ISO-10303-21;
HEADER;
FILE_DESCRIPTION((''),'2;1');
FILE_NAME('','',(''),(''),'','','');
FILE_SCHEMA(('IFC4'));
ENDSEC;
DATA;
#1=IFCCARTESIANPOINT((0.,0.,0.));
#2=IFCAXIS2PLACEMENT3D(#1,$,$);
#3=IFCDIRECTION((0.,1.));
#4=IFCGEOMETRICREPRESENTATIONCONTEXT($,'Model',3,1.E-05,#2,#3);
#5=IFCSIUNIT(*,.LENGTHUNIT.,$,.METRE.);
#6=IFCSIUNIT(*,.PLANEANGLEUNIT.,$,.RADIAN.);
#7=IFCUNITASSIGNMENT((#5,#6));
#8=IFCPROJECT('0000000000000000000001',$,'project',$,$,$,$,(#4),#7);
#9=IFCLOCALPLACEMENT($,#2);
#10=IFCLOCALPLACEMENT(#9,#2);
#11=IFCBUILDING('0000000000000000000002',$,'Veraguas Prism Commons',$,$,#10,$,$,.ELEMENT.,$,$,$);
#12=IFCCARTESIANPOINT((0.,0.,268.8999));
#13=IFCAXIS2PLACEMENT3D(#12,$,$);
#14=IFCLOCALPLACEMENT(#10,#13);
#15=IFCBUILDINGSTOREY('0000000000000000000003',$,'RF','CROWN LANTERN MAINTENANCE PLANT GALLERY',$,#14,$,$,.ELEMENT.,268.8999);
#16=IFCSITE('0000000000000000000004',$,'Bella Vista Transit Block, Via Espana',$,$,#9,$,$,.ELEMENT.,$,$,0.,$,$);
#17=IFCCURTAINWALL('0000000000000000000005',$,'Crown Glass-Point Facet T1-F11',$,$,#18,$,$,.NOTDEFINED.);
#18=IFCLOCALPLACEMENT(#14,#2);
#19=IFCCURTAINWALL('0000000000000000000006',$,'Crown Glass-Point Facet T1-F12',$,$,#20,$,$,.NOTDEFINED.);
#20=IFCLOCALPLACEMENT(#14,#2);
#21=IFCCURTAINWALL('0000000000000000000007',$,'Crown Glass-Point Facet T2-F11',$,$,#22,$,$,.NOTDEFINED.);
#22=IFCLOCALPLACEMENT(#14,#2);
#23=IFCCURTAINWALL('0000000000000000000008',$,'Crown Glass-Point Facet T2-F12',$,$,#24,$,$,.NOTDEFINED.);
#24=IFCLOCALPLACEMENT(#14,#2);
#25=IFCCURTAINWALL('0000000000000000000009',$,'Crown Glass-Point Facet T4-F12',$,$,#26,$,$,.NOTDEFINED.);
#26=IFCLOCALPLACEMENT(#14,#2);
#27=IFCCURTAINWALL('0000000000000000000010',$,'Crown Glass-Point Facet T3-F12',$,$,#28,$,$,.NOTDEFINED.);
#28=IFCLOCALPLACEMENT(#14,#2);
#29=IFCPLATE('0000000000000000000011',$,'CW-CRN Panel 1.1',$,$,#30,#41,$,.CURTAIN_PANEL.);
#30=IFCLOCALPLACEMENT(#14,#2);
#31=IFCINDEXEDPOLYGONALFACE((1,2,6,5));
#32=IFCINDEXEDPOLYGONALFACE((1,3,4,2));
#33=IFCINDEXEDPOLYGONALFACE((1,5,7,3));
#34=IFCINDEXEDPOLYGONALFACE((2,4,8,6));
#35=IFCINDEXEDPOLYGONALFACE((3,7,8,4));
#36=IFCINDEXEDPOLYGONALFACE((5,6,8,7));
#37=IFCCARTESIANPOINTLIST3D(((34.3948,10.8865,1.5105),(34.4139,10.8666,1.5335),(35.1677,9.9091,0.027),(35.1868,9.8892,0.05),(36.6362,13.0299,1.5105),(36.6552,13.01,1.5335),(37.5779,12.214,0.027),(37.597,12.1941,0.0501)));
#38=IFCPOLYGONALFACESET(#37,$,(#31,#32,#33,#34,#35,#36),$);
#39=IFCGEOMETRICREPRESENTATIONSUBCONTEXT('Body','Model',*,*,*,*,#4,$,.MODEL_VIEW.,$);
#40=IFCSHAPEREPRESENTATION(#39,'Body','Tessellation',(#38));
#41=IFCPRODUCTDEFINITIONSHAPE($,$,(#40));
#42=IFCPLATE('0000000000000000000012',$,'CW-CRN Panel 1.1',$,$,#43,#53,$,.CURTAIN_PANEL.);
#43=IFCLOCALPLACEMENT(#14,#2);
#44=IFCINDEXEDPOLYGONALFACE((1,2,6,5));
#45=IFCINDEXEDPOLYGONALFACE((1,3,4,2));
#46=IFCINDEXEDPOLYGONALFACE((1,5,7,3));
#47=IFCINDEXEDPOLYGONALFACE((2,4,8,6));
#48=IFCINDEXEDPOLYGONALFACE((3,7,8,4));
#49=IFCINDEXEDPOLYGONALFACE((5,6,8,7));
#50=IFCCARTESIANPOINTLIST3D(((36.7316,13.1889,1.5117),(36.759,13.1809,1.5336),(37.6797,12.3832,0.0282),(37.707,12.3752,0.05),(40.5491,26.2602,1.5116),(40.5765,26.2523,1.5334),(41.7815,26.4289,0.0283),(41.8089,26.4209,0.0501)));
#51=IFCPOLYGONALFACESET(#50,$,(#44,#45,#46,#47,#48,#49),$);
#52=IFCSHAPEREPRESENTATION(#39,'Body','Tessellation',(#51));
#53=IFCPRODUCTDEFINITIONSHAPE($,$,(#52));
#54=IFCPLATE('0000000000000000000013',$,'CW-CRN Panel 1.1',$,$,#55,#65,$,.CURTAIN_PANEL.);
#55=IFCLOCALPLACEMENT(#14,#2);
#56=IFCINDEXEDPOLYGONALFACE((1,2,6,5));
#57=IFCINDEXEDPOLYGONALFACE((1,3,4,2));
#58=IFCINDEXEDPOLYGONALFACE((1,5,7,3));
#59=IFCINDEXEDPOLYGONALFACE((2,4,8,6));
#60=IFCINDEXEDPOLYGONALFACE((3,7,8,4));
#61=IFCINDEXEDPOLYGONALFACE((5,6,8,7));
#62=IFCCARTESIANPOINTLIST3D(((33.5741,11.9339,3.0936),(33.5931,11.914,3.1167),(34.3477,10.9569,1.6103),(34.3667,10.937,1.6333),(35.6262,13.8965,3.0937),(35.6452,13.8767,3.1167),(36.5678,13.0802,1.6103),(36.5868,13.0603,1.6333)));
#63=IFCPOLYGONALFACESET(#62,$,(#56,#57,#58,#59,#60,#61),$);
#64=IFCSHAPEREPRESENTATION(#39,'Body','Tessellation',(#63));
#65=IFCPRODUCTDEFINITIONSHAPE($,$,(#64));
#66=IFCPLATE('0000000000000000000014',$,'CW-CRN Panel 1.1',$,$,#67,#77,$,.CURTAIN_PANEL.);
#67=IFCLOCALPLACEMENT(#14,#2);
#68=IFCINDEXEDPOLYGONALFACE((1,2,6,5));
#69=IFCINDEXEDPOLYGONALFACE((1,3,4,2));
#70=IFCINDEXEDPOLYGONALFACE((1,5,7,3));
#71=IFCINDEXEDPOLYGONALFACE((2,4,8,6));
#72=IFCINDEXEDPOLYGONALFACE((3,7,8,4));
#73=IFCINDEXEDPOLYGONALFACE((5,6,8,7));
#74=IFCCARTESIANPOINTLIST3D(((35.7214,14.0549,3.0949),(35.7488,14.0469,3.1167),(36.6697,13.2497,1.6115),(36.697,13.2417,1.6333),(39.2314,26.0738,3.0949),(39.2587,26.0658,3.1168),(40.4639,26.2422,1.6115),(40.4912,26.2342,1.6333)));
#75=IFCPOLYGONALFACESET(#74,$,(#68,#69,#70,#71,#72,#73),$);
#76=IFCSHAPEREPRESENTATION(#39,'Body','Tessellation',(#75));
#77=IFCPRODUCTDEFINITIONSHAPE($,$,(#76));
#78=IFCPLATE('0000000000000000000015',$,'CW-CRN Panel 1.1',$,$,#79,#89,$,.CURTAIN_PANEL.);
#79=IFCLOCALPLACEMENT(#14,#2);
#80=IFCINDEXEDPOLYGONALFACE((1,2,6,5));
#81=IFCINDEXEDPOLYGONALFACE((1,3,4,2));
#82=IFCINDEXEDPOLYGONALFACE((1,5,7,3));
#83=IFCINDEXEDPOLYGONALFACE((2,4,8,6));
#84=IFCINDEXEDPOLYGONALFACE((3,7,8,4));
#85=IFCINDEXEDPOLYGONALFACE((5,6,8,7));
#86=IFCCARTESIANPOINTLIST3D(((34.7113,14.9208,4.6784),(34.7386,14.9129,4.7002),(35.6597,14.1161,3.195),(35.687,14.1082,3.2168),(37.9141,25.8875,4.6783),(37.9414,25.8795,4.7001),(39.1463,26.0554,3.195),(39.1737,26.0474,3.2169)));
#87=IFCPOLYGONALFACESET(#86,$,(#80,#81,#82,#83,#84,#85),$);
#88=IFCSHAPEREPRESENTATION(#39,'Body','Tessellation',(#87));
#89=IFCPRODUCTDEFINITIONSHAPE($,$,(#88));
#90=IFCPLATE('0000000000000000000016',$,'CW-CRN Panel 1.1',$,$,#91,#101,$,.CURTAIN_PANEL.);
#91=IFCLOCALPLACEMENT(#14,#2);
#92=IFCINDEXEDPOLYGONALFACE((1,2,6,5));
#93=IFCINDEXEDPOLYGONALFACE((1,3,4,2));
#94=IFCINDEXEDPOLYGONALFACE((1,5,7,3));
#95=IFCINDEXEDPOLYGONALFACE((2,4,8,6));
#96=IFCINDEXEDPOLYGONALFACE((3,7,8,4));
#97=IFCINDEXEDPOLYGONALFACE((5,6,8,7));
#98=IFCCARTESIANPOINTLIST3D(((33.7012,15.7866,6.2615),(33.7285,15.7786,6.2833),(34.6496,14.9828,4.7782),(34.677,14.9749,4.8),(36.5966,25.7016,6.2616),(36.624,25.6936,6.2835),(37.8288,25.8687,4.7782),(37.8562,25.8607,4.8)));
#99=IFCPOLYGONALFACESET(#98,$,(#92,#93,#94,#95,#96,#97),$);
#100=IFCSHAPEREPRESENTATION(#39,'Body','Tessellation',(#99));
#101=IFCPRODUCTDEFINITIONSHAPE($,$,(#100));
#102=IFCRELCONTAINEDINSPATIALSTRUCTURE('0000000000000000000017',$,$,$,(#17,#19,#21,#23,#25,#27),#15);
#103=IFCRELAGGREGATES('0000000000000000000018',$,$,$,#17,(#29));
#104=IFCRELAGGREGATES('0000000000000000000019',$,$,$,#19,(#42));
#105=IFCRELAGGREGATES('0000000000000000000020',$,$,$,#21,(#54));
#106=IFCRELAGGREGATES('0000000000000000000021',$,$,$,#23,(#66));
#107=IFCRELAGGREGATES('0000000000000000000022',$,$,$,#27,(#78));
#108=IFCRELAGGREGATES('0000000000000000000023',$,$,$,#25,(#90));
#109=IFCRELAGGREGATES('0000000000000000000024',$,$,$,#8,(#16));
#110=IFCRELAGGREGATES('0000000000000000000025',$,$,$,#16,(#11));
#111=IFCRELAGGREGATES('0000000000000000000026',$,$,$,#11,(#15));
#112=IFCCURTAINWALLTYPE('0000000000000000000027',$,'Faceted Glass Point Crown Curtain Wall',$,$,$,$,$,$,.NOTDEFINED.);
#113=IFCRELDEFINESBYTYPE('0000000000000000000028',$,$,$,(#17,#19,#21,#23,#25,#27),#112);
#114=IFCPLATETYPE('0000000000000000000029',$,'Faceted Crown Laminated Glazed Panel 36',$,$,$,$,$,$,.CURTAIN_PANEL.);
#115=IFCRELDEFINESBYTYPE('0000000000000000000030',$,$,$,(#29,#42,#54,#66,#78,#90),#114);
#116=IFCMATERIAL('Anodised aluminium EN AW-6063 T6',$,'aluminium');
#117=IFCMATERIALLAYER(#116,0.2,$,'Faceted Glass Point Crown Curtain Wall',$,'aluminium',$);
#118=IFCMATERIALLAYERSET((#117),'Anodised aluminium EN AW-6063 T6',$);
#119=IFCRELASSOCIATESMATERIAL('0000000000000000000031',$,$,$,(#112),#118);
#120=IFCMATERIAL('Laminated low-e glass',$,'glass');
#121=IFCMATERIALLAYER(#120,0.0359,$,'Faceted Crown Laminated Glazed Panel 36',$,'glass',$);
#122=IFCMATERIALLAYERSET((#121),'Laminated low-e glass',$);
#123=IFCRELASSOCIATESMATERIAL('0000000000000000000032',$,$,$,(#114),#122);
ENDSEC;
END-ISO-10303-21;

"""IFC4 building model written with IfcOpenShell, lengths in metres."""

from ifc_helpers import new_model, si_unit, direction, frame, origin, place, context, subcontext, project, spatial, polyline, outline, extrude, material, layer, layer_set, type_object, element, aggregate, save


model = new_model("IFC4")

# Units and contexts
model_context = context("Model", 3, precision=1e-05, world=origin(), true_north=direction((0.0, 1.0)))
body_context = subcontext(model_context, "Body", "Model", "MODEL_VIEW")
ifc_project = project(units=[si_unit("LENGTHUNIT", "METRE"), si_unit("PLANEANGLEUNIT", "RADIAN")], contexts=[model_context])

# Site, building, storey
site_placement = place(None, origin())
site = spatial("IfcSite", under=ifc_project, at=site_placement, Name="Bella Vista Transit Block, Via Espana", CompositionType="ELEMENT", RefElevation=0.0)
building_placement = place(site_placement, origin())
building = spatial("IfcBuilding", under=site, at=building_placement, Name="Veraguas Prism Commons", CompositionType="ELEMENT")
storey_placement = place(building_placement, frame((0.0, 0.0, 268.8999)))
storey = spatial("IfcBuildingStorey", under=building, at=storey_placement, Name="RF", Description="CROWN LANTERN MAINTENANCE PLANT GALLERY", CompositionType="ELEMENT", Elevation=268.8999)

# Shared definitions
ifc_material_1 = material(Name="Anodised aluminium EN AW-6063 T6", Category="aluminium")
ifc_layer_1 = layer(ifc_material_1, 0.2, Name="Faceted Glass Point Crown Curtain Wall", Category="aluminium")
ifc_layer_set_1 = layer_set([ifc_layer_1], Name="Anodised aluminium EN AW-6063 T6")
curtain_wall_type = type_object("IfcCurtainWallType", Name="Faceted Glass Point Crown Curtain Wall", PredefinedType="NOTDEFINED", material=ifc_layer_set_1)

# Curtain wall
curtain_wall_1_placement = place(storey_placement, origin())
curtain_wall_1 = element("IfcCurtainWall", 1, at=curtain_wall_1_placement, inside=storey, type_object=curtain_wall_type, Name="Crown Glass-Point Facet T1-F11", PredefinedType="NOTDEFINED")

# Curtain walls
curtain_wall_2_placement = place(storey_placement, origin())
curtain_wall_2 = element("IfcCurtainWall", 2, at=curtain_wall_2_placement, inside=storey, type_object=curtain_wall_type, Name="Crown Glass-Point Facet T1-F12", PredefinedType="NOTDEFINED")
curtain_wall_3_placement = place(storey_placement, origin())
curtain_wall_3 = element("IfcCurtainWall", 3, at=curtain_wall_3_placement, inside=storey, type_object=curtain_wall_type, Name="Crown Glass-Point Facet T2-F11", PredefinedType="NOTDEFINED")
curtain_wall_4_placement = place(storey_placement, origin())
curtain_wall_4 = element("IfcCurtainWall", 4, at=curtain_wall_4_placement, inside=storey, type_object=curtain_wall_type, Name="Crown Glass-Point Facet T2-F12", PredefinedType="NOTDEFINED")
curtain_wall_5_placement = place(storey_placement, origin())
curtain_wall_5 = element("IfcCurtainWall", 5, at=curtain_wall_5_placement, inside=storey, type_object=curtain_wall_type, Name="Crown Glass-Point Facet T4-F12", PredefinedType="NOTDEFINED")

# Curtain wall
curtain_wall_6_placement = place(storey_placement, origin())
curtain_wall_6 = element("IfcCurtainWall", 6, at=curtain_wall_6_placement, inside=storey, type_object=curtain_wall_type, Name="Crown Glass-Point Facet T3-F12", PredefinedType="NOTDEFINED")

# Plates
ifc_material_2 = material(Name="Laminated low-e glass", Category="glass")
ifc_layer_2 = layer(ifc_material_2, 0.0359, Name="Faceted Crown Laminated Glazed Panel 36", Category="glass")
ifc_layer_set_2 = layer_set([ifc_layer_2], Name="Laminated low-e glass")
plate_type = type_object("IfcPlateType", Name="Faceted Crown Laminated Glazed Panel 36", PredefinedType="CURTAIN_PANEL", material=ifc_layer_set_2)
plate_1_placement = place(storey_placement, frame((35.1868, 9.8892, 0.05), z_axis=(0.530192, -0.554402, 0.64151), x_axis=(0.722709, 0.691153, 0.000002)))
plate_1 = element("IfcPlate", 7, at=plate_1_placement, type_object=plate_type, Name="CW-CRN Panel 1.1", PredefinedType="CURTAIN_PANEL", context=body_context, shape_type="SweptSolid", body=[
    extrude(outline(polyline([(0.0, 0.0), (3.335, 0.0), (3.2183, 1.9338), (0.1169, 1.9338), (0.0, 0.0)])), origin(), (0.0, 0.0, -1.0), 0.0359),
])
aggregate(curtain_wall_1, [plate_1])
plate_2_placement = place(storey_placement, frame((37.707, 12.3752, 0.05), z_axis=(0.762157, -0.222579, 0.607927), x_axis=(0.280327, 0.959904, 0.000002)))
plate_2 = element("IfcPlate", 8, at=plate_2_placement, type_object=plate_type, Name="CW-CRN Panel 1.1", PredefinedType="CURTAIN_PANEL", context=body_context, shape_type="SweptSolid", body=[
    extrude(outline(polyline([(0.0, 0.0), (14.6323, 0.0), (14.125, 1.8682), (0.5076, 1.8684), (0.0, 0.0)])), origin(), (0.0, 0.0, -1.0), 0.0359),
])
aggregate(curtain_wall_2, [plate_2])
plate_3_placement = place(storey_placement, frame((34.3667, 10.937, 1.6333), z_axis=(0.530166, -0.554337, 0.641588), x_axis=(0.722679, 0.691184, 0.000013)))
plate_3 = element("IfcPlate", 9, at=plate_3_placement, type_object=plate_type, Name="CW-CRN Panel 1.1", PredefinedType="CURTAIN_PANEL", context=body_context, shape_type="SweptSolid", body=[
    extrude(outline(polyline([(0.0, 0.0), (3.072, 0.0), (2.9558, 1.9338), (0.1162, 1.9338), (0.0, 0.0)])), origin(), (0.0, 0.0, -1.0), 0.0359),
])
aggregate(curtain_wall_3, [plate_3])
plate_4_placement = place(storey_placement, frame((36.697, 13.2417, 1.6333), z_axis=(0.762129, -0.222567, 0.607967), x_axis=(0.280324, 0.959905, 0.000001)))
plate_4 = element("IfcPlate", 10, at=plate_4_placement, type_object=plate_type, Name="CW-CRN Panel 1.1", PredefinedType="CURTAIN_PANEL", context=body_context, shape_type="SweptSolid", body=[
    extrude(outline(polyline([(0.0, 0.0), (13.5352, 0.0), (13.0281, 1.8684), (0.5071, 1.8684), (0.0, 0.0)])), origin(), (0.0, 0.0, -1.0), 0.0359),
])
aggregate(curtain_wall_4, [plate_4])
plate_5_placement = place(storey_placement, frame((35.687, 14.1082, 3.2168), z_axis=(0.762128, -0.222571, 0.607967), x_axis=(0.280326, 0.959905, 0.000005)))
plate_5 = element("IfcPlate", 11, at=plate_5_placement, type_object=plate_type, Name="CW-CRN Panel 1.1", PredefinedType="CURTAIN_PANEL", context=body_context, shape_type="SweptSolid", body=[
    extrude(outline(polyline([(0.0, 0.0), (12.438, 0.0), (11.9314, 1.8682), (0.5066, 1.8684), (0.0, 0.0)])), origin(), (0.0, 0.0, -1.0), 0.0359),
])
aggregate(curtain_wall_6, [plate_5])
plate_6_placement = place(storey_placement, frame((34.677, 14.9749, 4.8), z_axis=(0.762135, -0.222576, 0.607955), x_axis=(0.280335, 0.959902, -0.000004)))
plate_6 = element("IfcPlate", 12, at=plate_6_placement, type_object=plate_type, Name="CW-CRN Panel 1.1", PredefinedType="CURTAIN_PANEL", context=body_context, shape_type="SweptSolid", body=[
    extrude(outline(polyline([(0.0, 0.0), (11.3406, 0.0), (10.8347, 1.8684), (0.5056, 1.8682), (0.0, 0.0)])), origin(), (0.0, 0.0, -1.0), 0.0359),
])
aggregate(curtain_wall_5, [plate_6])

save(model, "model.ifc")
